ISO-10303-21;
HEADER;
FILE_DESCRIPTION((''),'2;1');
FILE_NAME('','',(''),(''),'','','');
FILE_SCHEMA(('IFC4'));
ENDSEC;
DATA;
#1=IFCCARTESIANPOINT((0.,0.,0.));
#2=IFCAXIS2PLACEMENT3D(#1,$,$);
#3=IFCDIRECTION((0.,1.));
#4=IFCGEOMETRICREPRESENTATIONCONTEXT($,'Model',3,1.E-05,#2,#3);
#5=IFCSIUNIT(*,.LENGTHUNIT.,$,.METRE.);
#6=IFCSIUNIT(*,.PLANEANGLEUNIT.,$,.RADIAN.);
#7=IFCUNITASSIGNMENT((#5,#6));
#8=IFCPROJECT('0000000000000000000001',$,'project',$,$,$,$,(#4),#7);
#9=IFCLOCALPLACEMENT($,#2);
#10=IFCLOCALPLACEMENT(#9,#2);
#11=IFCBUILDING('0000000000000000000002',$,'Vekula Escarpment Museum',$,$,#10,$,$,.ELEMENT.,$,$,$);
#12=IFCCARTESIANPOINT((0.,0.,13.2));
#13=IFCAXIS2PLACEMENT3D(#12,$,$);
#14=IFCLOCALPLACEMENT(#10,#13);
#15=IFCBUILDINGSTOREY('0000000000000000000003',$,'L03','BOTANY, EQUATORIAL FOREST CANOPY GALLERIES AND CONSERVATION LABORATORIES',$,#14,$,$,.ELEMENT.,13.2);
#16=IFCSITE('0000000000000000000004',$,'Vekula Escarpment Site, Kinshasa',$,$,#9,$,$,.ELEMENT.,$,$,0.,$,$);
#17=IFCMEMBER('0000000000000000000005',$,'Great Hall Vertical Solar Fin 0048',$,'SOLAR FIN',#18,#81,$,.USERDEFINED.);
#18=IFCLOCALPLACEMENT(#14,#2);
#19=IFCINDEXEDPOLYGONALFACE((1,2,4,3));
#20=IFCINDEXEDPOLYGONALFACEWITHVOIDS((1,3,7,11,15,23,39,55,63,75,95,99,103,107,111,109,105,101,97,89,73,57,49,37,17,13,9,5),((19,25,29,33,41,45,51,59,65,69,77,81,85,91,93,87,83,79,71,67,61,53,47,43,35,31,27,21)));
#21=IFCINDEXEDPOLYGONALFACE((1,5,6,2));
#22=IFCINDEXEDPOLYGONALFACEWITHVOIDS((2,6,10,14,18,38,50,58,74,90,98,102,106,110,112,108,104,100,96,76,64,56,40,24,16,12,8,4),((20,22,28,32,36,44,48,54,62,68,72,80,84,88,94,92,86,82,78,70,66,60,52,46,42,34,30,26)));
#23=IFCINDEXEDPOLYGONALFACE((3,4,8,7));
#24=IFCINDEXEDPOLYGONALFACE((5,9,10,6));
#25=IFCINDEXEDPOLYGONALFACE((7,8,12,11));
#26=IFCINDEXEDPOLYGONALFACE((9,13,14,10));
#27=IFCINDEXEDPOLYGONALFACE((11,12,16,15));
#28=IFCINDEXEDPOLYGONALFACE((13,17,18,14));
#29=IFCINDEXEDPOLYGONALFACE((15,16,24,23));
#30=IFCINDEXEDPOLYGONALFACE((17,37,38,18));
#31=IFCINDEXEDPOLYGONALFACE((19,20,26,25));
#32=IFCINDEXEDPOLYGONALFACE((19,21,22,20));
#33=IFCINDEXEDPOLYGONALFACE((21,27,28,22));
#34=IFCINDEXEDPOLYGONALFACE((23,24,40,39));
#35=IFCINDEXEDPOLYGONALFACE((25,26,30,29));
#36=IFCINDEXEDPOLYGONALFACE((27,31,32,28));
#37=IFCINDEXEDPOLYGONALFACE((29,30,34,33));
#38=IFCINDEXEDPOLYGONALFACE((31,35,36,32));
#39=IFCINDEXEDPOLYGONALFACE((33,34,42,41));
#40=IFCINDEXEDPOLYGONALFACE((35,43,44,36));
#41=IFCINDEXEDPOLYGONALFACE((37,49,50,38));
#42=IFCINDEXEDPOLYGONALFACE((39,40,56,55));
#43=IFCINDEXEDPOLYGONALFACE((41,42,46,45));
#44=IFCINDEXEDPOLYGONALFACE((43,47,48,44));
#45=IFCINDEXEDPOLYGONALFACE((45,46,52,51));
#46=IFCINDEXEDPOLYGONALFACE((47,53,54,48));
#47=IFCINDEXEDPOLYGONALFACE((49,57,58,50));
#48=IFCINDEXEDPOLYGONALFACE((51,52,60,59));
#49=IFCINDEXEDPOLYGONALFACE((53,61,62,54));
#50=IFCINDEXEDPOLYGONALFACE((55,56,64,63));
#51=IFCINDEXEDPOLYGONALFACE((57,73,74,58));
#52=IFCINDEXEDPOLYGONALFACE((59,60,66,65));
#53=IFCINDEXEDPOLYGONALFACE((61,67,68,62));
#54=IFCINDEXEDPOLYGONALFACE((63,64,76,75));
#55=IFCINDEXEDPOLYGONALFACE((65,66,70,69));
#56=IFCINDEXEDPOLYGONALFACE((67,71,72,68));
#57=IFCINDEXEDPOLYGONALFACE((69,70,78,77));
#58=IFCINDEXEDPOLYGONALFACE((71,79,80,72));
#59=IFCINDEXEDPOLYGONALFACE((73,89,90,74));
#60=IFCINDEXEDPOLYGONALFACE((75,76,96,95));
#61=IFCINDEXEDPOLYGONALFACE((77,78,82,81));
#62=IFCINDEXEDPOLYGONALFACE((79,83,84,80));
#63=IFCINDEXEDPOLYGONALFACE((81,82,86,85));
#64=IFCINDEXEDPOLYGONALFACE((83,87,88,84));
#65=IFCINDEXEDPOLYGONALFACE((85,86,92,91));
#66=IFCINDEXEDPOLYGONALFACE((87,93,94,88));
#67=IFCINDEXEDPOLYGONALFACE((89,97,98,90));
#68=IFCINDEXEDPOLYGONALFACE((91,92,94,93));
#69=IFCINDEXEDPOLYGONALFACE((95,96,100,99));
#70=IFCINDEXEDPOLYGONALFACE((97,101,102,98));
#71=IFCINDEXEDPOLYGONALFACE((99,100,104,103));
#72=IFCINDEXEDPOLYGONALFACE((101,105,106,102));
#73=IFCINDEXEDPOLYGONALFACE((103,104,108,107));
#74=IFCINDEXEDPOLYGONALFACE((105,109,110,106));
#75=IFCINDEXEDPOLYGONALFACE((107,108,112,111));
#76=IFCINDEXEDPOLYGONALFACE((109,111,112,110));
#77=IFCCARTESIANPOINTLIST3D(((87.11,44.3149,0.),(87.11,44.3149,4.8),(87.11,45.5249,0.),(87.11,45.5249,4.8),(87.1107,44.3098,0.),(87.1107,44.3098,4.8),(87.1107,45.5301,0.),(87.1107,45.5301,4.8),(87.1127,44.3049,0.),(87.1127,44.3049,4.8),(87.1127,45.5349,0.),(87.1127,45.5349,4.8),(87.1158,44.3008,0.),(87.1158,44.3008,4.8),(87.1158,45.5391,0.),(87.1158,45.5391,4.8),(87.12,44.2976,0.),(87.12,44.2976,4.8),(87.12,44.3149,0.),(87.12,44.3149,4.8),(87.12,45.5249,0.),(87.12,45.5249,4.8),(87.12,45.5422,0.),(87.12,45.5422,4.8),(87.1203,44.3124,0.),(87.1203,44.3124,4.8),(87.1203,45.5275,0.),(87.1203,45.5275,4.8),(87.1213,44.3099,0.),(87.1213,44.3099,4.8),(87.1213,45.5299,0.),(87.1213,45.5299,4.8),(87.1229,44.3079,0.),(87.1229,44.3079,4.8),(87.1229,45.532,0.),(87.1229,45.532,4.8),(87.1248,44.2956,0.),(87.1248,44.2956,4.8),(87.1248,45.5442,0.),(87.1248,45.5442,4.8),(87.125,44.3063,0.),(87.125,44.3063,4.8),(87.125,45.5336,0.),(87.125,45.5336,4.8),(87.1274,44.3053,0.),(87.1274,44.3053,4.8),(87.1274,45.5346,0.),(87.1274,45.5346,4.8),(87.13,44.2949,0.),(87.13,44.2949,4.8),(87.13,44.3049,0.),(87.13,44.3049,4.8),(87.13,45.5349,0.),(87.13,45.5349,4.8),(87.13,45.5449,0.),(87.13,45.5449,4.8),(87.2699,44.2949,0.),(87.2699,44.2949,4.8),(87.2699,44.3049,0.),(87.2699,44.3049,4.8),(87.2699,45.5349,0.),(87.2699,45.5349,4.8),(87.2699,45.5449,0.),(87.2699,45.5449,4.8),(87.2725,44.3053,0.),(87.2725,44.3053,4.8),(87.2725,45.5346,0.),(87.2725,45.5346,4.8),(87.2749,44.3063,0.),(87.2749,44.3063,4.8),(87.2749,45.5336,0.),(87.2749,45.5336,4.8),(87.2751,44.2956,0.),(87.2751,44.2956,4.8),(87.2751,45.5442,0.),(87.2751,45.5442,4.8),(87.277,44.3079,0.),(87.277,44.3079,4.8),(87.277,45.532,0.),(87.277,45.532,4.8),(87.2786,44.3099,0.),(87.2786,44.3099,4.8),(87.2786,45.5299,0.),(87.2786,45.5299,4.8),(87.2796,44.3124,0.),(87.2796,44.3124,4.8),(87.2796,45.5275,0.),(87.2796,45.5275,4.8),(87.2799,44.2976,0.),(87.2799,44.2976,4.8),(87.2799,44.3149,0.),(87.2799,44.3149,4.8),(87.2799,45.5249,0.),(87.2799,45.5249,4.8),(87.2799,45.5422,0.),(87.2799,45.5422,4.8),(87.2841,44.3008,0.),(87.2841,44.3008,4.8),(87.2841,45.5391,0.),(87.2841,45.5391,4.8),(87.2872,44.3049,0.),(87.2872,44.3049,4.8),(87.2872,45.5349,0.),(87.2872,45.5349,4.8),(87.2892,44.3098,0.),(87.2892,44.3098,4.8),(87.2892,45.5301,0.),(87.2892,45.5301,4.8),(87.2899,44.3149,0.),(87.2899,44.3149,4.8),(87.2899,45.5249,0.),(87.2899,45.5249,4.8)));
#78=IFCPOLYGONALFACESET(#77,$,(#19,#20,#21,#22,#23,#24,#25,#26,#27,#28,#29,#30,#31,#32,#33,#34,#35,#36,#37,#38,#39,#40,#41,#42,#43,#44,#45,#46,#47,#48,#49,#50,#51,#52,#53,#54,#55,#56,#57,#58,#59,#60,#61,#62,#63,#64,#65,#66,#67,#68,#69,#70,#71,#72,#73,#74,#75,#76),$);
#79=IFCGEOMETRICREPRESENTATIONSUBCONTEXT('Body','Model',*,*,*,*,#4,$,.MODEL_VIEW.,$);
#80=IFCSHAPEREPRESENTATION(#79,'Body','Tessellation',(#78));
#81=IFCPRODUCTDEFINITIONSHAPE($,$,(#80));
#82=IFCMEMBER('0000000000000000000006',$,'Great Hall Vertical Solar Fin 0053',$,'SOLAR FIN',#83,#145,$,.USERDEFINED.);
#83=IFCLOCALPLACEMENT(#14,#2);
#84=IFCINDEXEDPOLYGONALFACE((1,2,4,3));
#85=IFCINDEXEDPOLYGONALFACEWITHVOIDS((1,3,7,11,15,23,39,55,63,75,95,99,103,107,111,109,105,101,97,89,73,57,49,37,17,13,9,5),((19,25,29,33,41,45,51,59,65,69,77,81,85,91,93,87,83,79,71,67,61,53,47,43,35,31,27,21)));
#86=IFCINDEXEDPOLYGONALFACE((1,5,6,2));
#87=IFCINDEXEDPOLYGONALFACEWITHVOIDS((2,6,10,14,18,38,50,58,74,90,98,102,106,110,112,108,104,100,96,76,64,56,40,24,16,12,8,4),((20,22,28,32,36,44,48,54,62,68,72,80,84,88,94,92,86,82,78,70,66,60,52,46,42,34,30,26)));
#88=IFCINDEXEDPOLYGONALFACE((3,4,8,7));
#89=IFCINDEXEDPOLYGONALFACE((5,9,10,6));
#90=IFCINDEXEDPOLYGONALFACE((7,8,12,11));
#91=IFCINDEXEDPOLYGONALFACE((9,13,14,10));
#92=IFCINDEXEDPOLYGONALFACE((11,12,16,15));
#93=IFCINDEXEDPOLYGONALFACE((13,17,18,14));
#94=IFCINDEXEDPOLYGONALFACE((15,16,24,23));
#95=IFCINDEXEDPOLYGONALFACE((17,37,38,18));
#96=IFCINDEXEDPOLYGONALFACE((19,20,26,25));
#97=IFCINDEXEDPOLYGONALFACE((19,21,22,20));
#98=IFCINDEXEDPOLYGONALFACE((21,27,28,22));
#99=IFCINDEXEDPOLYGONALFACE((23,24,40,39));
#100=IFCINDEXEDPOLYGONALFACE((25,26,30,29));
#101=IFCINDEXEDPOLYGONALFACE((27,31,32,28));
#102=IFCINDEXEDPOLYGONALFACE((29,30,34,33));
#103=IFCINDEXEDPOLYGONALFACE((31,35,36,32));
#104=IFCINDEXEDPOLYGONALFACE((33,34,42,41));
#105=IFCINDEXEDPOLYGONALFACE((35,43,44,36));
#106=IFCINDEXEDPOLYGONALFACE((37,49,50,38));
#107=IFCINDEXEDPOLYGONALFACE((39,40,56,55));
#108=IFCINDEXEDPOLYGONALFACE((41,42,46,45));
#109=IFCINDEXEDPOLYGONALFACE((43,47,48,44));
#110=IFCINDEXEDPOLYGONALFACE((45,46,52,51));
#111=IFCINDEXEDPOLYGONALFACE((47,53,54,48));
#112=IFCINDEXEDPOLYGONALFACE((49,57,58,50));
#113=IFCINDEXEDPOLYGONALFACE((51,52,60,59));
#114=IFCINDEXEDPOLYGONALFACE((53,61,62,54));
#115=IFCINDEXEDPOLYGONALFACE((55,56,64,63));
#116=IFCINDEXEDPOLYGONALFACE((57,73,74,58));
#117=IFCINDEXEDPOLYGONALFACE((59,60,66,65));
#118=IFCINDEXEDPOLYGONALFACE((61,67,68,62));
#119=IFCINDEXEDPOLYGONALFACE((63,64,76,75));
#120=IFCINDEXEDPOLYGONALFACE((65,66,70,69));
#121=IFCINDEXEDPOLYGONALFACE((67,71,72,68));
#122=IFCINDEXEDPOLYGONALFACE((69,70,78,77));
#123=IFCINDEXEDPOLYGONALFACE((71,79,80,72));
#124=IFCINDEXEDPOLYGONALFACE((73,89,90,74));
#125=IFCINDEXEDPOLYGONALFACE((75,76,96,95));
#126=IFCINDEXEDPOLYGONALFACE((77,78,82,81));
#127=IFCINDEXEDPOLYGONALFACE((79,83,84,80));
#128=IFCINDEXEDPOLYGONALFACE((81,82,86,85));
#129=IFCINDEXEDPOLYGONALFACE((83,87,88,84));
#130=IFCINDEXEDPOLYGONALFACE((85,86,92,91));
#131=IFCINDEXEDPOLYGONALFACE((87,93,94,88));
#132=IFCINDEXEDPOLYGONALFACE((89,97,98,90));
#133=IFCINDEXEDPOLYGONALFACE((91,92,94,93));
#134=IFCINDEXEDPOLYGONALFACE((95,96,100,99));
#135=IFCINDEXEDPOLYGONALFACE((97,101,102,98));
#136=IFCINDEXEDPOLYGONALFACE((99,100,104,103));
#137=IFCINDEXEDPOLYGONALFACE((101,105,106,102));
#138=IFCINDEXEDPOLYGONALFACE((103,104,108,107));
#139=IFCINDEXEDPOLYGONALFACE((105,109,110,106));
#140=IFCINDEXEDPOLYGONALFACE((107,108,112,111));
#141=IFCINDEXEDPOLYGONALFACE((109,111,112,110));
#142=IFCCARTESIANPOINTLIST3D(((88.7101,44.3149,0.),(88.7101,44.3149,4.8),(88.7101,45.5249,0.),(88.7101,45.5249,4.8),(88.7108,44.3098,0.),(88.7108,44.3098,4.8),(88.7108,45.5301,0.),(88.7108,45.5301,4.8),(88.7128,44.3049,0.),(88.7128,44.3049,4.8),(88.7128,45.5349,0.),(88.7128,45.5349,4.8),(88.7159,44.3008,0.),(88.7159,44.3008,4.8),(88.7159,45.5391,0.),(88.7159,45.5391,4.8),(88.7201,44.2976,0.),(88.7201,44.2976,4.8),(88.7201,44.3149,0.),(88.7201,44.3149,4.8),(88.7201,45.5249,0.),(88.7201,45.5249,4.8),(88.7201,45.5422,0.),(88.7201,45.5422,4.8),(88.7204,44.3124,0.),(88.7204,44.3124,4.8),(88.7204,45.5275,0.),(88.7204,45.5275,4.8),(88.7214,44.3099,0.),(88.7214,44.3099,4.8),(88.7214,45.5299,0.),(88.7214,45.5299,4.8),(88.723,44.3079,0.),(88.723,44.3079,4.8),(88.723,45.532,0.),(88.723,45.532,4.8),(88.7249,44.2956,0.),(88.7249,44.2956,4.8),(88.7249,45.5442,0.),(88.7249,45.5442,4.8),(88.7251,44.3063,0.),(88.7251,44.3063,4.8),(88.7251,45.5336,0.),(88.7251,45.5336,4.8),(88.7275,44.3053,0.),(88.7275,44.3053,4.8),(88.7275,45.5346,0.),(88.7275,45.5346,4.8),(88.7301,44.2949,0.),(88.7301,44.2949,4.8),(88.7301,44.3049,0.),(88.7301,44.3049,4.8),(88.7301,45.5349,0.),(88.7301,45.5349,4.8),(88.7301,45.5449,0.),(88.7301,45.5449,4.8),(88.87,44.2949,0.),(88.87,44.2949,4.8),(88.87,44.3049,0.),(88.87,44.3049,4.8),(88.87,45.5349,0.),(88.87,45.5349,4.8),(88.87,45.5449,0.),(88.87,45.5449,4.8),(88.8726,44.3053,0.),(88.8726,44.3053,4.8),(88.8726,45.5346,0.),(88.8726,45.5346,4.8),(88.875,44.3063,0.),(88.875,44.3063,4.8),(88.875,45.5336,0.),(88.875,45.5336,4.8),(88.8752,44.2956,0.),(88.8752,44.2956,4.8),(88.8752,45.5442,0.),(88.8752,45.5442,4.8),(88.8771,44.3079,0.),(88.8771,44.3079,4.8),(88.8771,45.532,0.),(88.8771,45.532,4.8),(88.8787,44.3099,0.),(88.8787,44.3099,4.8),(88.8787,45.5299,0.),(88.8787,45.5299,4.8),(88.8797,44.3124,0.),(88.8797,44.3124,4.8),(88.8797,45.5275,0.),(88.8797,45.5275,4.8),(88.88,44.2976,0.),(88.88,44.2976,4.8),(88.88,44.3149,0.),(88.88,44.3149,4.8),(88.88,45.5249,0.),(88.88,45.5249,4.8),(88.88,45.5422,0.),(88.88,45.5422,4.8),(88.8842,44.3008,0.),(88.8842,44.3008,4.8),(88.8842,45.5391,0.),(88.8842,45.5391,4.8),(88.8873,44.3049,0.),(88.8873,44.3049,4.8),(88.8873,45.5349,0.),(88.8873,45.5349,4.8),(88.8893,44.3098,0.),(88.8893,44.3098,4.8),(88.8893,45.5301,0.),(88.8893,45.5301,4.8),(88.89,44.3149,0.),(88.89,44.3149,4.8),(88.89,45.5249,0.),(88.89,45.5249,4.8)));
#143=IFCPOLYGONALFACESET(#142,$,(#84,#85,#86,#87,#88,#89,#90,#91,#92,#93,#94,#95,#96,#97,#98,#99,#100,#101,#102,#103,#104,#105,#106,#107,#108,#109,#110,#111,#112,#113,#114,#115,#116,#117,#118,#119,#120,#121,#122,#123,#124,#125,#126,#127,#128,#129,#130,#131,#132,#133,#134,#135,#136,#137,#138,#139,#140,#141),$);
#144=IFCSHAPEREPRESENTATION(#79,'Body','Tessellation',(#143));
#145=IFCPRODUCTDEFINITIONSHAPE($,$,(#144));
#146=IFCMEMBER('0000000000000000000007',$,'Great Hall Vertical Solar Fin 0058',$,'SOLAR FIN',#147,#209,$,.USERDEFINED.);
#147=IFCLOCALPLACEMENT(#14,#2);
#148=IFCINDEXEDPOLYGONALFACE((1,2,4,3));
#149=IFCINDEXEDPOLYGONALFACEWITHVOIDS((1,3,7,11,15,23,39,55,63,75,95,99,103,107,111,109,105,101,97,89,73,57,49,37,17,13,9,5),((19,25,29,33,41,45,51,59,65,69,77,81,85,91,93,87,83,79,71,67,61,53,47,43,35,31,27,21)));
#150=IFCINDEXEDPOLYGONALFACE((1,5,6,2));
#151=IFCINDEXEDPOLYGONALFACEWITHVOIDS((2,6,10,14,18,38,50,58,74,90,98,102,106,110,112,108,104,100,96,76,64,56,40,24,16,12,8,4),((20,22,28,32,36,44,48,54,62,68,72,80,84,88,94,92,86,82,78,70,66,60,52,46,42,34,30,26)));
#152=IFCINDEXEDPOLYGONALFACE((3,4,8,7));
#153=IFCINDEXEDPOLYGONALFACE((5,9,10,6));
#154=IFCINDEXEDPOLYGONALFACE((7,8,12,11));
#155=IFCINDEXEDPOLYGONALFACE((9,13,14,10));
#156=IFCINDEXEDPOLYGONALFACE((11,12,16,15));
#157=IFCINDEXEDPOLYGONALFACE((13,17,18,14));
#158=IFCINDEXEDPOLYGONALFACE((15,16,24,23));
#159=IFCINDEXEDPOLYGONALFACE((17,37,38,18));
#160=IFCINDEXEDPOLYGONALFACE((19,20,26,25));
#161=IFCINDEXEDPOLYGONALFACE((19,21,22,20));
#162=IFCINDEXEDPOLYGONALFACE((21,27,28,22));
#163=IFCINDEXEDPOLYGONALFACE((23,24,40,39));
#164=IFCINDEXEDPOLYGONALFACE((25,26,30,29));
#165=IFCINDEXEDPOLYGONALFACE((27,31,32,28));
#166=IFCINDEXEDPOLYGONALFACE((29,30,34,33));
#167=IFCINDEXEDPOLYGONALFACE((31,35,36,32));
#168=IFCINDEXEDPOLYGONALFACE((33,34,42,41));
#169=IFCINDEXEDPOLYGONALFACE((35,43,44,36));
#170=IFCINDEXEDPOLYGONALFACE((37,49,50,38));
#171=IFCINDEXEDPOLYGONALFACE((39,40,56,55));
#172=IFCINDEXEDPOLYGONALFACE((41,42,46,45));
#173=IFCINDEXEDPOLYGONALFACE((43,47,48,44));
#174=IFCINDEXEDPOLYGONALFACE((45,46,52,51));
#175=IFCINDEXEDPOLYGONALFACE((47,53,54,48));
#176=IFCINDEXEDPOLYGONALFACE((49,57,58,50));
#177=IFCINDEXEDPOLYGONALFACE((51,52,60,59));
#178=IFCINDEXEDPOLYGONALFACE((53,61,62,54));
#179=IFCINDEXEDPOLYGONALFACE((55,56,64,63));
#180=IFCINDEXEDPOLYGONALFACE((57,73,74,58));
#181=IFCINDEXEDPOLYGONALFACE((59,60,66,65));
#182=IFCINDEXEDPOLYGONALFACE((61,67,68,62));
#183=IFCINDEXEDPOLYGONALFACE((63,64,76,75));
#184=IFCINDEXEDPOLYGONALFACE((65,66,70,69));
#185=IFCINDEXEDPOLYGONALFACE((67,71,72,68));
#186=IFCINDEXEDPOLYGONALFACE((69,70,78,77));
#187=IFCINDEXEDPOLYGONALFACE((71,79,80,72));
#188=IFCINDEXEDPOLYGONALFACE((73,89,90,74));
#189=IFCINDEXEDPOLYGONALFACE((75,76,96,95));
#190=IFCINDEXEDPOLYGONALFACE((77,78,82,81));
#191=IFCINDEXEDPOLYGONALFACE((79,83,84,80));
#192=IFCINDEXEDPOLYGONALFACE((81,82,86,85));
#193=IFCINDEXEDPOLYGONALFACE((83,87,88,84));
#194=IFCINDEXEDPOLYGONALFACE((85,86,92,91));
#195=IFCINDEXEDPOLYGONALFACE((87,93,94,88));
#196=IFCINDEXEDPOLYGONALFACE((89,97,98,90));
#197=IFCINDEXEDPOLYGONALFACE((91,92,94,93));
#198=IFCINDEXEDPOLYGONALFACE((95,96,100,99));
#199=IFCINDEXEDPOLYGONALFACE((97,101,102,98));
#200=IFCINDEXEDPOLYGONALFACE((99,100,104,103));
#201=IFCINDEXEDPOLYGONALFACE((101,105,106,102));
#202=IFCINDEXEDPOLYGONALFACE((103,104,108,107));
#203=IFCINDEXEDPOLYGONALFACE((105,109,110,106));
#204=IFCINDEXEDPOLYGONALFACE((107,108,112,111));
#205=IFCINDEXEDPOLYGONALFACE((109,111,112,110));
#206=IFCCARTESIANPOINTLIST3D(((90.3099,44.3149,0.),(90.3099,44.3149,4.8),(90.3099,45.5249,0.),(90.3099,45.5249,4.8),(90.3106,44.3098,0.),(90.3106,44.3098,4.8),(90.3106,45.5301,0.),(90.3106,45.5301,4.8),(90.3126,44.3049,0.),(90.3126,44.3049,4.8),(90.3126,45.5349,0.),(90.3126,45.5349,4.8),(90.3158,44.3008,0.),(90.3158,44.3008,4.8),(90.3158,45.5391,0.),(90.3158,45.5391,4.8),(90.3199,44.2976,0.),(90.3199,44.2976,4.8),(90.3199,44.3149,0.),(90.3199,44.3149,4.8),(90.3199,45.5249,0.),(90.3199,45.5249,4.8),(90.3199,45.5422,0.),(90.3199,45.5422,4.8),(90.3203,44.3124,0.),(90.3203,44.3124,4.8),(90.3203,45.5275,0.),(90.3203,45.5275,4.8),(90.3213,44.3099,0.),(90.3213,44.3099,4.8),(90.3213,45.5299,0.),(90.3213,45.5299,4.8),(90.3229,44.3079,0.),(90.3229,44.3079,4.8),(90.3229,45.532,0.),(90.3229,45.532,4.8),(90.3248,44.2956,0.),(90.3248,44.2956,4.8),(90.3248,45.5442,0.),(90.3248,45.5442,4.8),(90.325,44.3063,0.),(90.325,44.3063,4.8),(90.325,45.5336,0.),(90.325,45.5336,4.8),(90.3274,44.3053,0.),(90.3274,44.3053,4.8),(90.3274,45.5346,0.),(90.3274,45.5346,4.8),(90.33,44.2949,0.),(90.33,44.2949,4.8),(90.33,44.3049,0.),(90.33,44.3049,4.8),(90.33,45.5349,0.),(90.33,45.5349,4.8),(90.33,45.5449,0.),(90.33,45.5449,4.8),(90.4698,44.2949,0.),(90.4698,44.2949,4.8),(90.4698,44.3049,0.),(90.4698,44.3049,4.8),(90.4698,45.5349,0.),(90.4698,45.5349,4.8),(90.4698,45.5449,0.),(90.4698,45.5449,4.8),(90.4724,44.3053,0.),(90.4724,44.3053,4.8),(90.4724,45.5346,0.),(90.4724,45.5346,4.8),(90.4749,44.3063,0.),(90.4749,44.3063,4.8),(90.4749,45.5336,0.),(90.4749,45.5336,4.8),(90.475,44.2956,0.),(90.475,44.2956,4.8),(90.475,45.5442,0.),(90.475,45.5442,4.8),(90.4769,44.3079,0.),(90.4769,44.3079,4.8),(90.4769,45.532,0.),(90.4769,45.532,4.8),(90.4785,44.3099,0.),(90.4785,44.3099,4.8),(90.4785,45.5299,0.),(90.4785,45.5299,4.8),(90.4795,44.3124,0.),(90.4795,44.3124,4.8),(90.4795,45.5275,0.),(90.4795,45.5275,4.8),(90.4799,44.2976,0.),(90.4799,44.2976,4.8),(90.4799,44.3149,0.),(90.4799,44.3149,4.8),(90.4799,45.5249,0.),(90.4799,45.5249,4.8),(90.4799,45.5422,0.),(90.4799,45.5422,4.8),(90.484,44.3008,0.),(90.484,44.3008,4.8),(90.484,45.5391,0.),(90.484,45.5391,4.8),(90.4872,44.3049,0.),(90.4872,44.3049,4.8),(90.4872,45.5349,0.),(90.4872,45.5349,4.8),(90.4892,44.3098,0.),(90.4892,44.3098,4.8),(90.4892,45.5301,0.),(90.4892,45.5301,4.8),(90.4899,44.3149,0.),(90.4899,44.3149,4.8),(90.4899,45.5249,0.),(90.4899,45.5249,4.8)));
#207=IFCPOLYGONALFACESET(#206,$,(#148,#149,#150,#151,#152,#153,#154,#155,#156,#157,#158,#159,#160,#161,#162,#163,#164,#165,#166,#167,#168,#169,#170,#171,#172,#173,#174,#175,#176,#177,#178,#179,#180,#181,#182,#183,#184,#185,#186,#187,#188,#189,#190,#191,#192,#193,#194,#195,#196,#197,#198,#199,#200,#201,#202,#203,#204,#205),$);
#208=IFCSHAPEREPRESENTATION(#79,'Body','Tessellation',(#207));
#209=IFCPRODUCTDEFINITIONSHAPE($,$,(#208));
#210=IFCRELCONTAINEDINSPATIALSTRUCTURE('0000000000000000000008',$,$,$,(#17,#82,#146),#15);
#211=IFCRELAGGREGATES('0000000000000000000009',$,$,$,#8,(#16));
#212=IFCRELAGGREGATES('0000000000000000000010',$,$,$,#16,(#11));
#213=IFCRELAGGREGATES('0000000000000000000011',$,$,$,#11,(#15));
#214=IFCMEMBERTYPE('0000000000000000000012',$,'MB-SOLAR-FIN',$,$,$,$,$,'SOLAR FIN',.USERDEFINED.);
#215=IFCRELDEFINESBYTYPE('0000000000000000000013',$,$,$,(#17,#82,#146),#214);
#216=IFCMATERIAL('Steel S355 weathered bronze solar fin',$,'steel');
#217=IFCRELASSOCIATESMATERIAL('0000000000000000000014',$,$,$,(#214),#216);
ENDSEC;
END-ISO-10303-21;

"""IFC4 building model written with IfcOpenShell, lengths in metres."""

from ifc_helpers import new_model, si_unit, direction, frame, origin, origin_2d, place, context, subcontext, project, spatial, hollow_rectangle, extrude, material, material_profile, profile_set, type_object, element, save


model = new_model("IFC4")

# Units and contexts
model_context = context("Model", 3, precision=1e-05, world=origin(), true_north=direction((0.0, 1.0)))
body_context = subcontext(model_context, "Body", "Model", "MODEL_VIEW")
ifc_project = project(units=[si_unit("LENGTHUNIT", "METRE"), si_unit("PLANEANGLEUNIT", "RADIAN")], contexts=[model_context])

# Site, building, storey
site_placement = place(None, origin())
site = spatial("IfcSite", under=ifc_project, at=site_placement, Name="Vekula Escarpment Site, Kinshasa", CompositionType="ELEMENT", RefElevation=0.0)
building_placement = place(site_placement, origin())
building = spatial("IfcBuilding", under=site, at=building_placement, Name="Vekula Escarpment Museum", CompositionType="ELEMENT")
storey_placement = place(building_placement, frame((0.0, 0.0, 13.2)))
storey = spatial("IfcBuildingStorey", under=building, at=storey_placement, Name="L03", Description="BOTANY, EQUATORIAL FOREST CANOPY GALLERIES AND CONSERVATION LABORATORIES", CompositionType="ELEMENT", Elevation=13.2)

# Members
ifc_material_1 = material(Name="Steel S355 weathered bronze solar fin", Category="steel")
ifc_material_profile_1 = material_profile(ifc_material_1, hollow_rectangle(XDim=0.1799, YDim=1.25, WallThickness=0.01, InnerFilletRadius=0.01, OuterFilletRadius=0.02, at=origin_2d()), Name="RHS 1250x180x10")
ifc_profile_set_1 = profile_set([ifc_material_profile_1], Name="Steel S355 weathered bronze solar fin")
member_type_1 = type_object("IfcMemberType", Name="MB-SOLAR-FIN", ElementType="SOLAR FIN", PredefinedType="USERDEFINED", material=ifc_profile_set_1)
for number, where, z_axis, x_axis, name in (
    (1, (87.2, 44.9199, 0.0), (0.0, 0.0, 1.0), (1.0, 0.0, 0.0), "Great Hall Vertical Solar Fin 0048"),
    (2, (88.8, 44.9199, 0.0), (0.0, 0.0, 1.0), (1.0, 0.0, 0.0), "Great Hall Vertical Solar Fin 0053"),
    (3, (90.3999, 44.9199, 0.0), (0.0, 0.0, 1.0), (1.0, 0.0, 0.0), "Great Hall Vertical Solar Fin 0058"),
):
    element("IfcMember", number, at=place(storey_placement, frame(where, z_axis=z_axis, x_axis=x_axis)), inside=storey, type_object=member_type_1, Name=name, ObjectType="SOLAR FIN", PredefinedType="USERDEFINED", context=body_context, shape_type="SweptSolid", body=[
        extrude(hollow_rectangle(XDim=0.1799, YDim=1.25, WallThickness=0.01, InnerFilletRadius=0.01, OuterFilletRadius=0.02, at=origin_2d()), origin(), (0.0, 0.0, 1.0), 4.8),
    ])

save(model, "model.ifc")
